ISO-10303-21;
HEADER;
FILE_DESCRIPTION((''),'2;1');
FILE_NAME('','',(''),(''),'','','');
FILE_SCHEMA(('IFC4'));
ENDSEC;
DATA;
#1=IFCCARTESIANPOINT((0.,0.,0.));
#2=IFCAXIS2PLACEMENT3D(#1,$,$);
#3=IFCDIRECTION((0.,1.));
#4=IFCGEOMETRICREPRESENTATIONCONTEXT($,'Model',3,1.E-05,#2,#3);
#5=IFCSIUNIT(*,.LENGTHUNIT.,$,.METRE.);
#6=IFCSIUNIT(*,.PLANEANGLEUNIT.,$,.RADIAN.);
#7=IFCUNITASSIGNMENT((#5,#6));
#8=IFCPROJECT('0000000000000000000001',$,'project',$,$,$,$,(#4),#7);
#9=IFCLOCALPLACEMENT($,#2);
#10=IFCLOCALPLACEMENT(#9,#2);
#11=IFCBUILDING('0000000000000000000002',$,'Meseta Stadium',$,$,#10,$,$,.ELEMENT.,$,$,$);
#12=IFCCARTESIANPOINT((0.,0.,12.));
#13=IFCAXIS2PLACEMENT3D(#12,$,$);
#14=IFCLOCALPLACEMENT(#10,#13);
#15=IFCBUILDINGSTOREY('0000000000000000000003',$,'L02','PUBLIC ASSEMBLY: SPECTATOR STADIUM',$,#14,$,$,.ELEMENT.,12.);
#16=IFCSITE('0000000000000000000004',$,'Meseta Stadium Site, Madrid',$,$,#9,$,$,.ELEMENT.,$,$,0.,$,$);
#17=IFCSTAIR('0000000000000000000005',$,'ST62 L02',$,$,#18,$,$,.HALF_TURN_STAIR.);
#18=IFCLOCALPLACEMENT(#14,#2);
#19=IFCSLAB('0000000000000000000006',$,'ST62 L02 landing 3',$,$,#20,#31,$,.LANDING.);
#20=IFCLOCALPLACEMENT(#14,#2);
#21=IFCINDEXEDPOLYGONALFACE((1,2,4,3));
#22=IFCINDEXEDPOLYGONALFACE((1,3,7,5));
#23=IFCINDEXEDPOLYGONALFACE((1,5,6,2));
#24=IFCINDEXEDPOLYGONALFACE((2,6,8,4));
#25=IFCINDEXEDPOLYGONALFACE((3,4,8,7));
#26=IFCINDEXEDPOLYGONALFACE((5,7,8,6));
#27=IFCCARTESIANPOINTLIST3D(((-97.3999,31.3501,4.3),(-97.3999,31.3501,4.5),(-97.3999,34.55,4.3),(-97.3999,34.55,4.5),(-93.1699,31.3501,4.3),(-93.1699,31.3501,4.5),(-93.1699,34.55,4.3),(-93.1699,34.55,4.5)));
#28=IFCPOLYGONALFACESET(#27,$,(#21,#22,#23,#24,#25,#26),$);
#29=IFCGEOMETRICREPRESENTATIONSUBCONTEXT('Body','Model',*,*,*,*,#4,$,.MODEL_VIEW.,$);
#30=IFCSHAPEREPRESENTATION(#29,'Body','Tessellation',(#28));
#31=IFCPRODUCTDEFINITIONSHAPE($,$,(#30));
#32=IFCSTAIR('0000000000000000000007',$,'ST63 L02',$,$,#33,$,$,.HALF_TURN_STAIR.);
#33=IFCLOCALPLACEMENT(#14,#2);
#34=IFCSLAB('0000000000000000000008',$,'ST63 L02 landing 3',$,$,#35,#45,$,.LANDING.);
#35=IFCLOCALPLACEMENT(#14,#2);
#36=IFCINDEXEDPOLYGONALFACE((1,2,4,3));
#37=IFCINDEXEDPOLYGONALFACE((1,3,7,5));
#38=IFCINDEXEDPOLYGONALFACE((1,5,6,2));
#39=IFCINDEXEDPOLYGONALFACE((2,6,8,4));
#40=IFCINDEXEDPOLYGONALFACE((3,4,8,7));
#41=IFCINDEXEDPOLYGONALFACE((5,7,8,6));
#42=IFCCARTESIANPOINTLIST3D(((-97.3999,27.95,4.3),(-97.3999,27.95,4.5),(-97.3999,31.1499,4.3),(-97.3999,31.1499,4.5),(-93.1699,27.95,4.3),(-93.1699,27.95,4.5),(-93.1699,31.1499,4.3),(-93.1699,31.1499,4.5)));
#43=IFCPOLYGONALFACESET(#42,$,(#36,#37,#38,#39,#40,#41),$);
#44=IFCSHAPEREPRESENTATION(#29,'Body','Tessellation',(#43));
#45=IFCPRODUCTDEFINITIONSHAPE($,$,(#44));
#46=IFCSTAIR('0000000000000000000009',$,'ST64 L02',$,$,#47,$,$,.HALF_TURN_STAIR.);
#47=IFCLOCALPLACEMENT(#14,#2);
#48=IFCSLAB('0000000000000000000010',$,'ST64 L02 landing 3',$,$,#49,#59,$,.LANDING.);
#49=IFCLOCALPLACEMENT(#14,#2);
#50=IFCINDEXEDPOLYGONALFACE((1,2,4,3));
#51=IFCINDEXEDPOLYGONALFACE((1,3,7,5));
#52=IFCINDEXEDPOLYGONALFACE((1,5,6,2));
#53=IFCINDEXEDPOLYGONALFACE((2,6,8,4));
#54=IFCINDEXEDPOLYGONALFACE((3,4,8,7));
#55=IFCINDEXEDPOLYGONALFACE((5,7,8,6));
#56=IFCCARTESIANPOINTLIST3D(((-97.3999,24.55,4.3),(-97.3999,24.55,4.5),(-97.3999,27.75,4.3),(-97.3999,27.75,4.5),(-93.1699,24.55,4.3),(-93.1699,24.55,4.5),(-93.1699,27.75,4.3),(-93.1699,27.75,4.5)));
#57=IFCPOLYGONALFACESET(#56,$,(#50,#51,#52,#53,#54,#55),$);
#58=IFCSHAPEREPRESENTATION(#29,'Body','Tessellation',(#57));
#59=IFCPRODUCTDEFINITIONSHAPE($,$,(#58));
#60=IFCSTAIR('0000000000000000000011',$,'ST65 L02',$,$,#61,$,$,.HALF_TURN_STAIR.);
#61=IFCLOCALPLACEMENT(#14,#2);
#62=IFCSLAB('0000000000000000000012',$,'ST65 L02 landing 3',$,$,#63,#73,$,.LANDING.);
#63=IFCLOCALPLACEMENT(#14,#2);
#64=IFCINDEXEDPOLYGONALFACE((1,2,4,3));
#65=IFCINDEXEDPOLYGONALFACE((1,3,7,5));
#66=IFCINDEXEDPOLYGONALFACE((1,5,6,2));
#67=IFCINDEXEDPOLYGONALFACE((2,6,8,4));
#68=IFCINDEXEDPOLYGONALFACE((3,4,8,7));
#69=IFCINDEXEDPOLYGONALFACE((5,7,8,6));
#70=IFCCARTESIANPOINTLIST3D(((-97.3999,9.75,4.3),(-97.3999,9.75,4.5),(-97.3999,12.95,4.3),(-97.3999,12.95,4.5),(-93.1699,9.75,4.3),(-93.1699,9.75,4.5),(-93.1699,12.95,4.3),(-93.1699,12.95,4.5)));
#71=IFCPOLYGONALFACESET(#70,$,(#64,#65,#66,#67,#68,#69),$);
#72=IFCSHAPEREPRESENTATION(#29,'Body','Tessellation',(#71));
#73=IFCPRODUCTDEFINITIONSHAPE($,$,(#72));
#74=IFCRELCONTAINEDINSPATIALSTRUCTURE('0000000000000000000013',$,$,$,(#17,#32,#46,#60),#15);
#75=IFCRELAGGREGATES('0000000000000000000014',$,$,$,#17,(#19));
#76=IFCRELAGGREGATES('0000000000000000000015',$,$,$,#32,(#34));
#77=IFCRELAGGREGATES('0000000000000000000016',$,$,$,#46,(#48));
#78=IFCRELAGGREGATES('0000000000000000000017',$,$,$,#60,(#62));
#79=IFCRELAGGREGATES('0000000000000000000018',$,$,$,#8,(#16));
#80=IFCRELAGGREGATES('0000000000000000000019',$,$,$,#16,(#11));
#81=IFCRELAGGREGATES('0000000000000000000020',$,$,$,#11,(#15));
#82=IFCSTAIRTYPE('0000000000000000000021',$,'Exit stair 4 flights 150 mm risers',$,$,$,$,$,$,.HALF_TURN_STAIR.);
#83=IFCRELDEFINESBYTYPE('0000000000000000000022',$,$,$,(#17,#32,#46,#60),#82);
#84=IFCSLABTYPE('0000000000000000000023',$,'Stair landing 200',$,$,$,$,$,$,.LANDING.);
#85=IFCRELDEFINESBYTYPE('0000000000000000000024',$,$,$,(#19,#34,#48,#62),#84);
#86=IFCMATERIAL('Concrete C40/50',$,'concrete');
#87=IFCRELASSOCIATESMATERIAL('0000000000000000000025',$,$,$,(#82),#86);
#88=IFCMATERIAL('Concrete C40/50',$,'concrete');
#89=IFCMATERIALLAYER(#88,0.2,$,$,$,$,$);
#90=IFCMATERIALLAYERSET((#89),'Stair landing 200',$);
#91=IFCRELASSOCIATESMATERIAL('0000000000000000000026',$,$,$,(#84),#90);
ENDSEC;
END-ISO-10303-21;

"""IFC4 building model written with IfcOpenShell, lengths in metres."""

from ifc_helpers import new_model, si_unit, direction, frame, origin, place, context, subcontext, project, spatial, polyline, outline, extrude, material, layer, layer_set, type_object, element, aggregate, save


model = new_model("IFC4")

# Units and contexts
model_context = context("Model", 3, precision=1e-05, world=origin(), true_north=direction((0.0, 1.0)))
body_context = subcontext(model_context, "Body", "Model", "MODEL_VIEW")
ifc_project = project(units=[si_unit("LENGTHUNIT", "METRE"), si_unit("PLANEANGLEUNIT", "RADIAN")], contexts=[model_context])

# Site, building, storey
site_placement = place(None, origin())
site = spatial("IfcSite", under=ifc_project, at=site_placement, Name="Meseta Stadium Site, Madrid", CompositionType="ELEMENT", RefElevation=0.0)
building_placement = place(site_placement, origin())
building = spatial("IfcBuilding", under=site, at=building_placement, Name="Meseta Stadium", CompositionType="ELEMENT")
storey_placement = place(building_placement, frame((0.0, 0.0, 12.0)))
storey = spatial("IfcBuildingStorey", under=building, at=storey_placement, Name="L02", Description="PUBLIC ASSEMBLY: SPECTATOR STADIUM", CompositionType="ELEMENT", Elevation=12.0)

# Stairs, slabs
ifc_material_1 = material(Name="Concrete C40/50", Category="concrete")
stair_type = type_object("IfcStairType", Name="Exit stair 4 flights 150 mm risers", PredefinedType="HALF_TURN_STAIR", material=ifc_material_1)
ifc_material_2 = material(Name="Concrete C40/50", Category="concrete")
ifc_layer_1 = layer(ifc_material_2, 0.2)
ifc_layer_set_1 = layer_set([ifc_layer_1], Name="Stair landing 200")
slab_type_1 = type_object("IfcSlabType", Name="Stair landing 200", PredefinedType="LANDING", material=ifc_layer_set_1)
stair_1_placement = place(storey_placement, origin())
stair_1 = element("IfcStair", 1, at=stair_1_placement, inside=storey, type_object=stair_type, Name="ST62 L02", PredefinedType="HALF_TURN_STAIR")
slab_1_placement = place(storey_placement, frame((0.0, 0.0, 4.3)))
slab_1 = element("IfcSlab", 2, at=slab_1_placement, type_object=slab_type_1, Name="ST62 L02 landing 3", PredefinedType="LANDING", context=body_context, shape_type="SweptSolid", body=[
    extrude(outline(polyline([(-93.1699, 34.55), (-97.3999, 34.55), (-97.3999, 31.3501), (-93.1699, 31.3501), (-93.1699, 34.55)])), origin(), (0.0, 0.0, 1.0), 0.2),
])
aggregate(stair_1, [slab_1])
stair_2_placement = place(storey_placement, origin())
stair_2 = element("IfcStair", 3, at=stair_2_placement, inside=storey, type_object=stair_type, Name="ST63 L02", PredefinedType="HALF_TURN_STAIR")
slab_2_placement = place(storey_placement, frame((0.0, 0.0, 4.3)))
slab_2 = element("IfcSlab", 4, at=slab_2_placement, type_object=slab_type_1, Name="ST63 L02 landing 3", PredefinedType="LANDING", context=body_context, shape_type="SweptSolid", body=[
    extrude(outline(polyline([(-93.1699, 31.1499), (-97.3999, 31.1499), (-97.3999, 27.95), (-93.1699, 27.95), (-93.1699, 31.1499)])), origin(), (0.0, 0.0, 1.0), 0.2),
])
aggregate(stair_2, [slab_2])
stair_3_placement = place(storey_placement, origin())
stair_3 = element("IfcStair", 5, at=stair_3_placement, inside=storey, type_object=stair_type, Name="ST64 L02", PredefinedType="HALF_TURN_STAIR")
slab_3_placement = place(storey_placement, frame((0.0, 0.0, 4.3)))
slab_3 = element("IfcSlab", 6, at=slab_3_placement, type_object=slab_type_1, Name="ST64 L02 landing 3", PredefinedType="LANDING", context=body_context, shape_type="SweptSolid", body=[
    extrude(outline(polyline([(-93.1699, 27.75), (-97.3999, 27.75), (-97.3999, 24.55), (-93.1699, 24.55), (-93.1699, 27.75)])), origin(), (0.0, 0.0, 1.0), 0.2),
])
aggregate(stair_3, [slab_3])
stair_4_placement = place(storey_placement, origin())
stair_4 = element("IfcStair", 7, at=stair_4_placement, inside=storey, type_object=stair_type, Name="ST65 L02", PredefinedType="HALF_TURN_STAIR")
slab_4_placement = place(storey_placement, frame((0.0, 0.0, 4.3)))
slab_4 = element("IfcSlab", 8, at=slab_4_placement, type_object=slab_type_1, Name="ST65 L02 landing 3", PredefinedType="LANDING", context=body_context, shape_type="SweptSolid", body=[
    extrude(outline(polyline([(-93.1699, 12.95), (-97.3999, 12.95), (-97.3999, 9.75), (-93.1699, 9.75), (-93.1699, 12.95)])), origin(), (0.0, 0.0, 1.0), 0.2),
])
aggregate(stair_4, [slab_4])

save(model, "model.ifc")
